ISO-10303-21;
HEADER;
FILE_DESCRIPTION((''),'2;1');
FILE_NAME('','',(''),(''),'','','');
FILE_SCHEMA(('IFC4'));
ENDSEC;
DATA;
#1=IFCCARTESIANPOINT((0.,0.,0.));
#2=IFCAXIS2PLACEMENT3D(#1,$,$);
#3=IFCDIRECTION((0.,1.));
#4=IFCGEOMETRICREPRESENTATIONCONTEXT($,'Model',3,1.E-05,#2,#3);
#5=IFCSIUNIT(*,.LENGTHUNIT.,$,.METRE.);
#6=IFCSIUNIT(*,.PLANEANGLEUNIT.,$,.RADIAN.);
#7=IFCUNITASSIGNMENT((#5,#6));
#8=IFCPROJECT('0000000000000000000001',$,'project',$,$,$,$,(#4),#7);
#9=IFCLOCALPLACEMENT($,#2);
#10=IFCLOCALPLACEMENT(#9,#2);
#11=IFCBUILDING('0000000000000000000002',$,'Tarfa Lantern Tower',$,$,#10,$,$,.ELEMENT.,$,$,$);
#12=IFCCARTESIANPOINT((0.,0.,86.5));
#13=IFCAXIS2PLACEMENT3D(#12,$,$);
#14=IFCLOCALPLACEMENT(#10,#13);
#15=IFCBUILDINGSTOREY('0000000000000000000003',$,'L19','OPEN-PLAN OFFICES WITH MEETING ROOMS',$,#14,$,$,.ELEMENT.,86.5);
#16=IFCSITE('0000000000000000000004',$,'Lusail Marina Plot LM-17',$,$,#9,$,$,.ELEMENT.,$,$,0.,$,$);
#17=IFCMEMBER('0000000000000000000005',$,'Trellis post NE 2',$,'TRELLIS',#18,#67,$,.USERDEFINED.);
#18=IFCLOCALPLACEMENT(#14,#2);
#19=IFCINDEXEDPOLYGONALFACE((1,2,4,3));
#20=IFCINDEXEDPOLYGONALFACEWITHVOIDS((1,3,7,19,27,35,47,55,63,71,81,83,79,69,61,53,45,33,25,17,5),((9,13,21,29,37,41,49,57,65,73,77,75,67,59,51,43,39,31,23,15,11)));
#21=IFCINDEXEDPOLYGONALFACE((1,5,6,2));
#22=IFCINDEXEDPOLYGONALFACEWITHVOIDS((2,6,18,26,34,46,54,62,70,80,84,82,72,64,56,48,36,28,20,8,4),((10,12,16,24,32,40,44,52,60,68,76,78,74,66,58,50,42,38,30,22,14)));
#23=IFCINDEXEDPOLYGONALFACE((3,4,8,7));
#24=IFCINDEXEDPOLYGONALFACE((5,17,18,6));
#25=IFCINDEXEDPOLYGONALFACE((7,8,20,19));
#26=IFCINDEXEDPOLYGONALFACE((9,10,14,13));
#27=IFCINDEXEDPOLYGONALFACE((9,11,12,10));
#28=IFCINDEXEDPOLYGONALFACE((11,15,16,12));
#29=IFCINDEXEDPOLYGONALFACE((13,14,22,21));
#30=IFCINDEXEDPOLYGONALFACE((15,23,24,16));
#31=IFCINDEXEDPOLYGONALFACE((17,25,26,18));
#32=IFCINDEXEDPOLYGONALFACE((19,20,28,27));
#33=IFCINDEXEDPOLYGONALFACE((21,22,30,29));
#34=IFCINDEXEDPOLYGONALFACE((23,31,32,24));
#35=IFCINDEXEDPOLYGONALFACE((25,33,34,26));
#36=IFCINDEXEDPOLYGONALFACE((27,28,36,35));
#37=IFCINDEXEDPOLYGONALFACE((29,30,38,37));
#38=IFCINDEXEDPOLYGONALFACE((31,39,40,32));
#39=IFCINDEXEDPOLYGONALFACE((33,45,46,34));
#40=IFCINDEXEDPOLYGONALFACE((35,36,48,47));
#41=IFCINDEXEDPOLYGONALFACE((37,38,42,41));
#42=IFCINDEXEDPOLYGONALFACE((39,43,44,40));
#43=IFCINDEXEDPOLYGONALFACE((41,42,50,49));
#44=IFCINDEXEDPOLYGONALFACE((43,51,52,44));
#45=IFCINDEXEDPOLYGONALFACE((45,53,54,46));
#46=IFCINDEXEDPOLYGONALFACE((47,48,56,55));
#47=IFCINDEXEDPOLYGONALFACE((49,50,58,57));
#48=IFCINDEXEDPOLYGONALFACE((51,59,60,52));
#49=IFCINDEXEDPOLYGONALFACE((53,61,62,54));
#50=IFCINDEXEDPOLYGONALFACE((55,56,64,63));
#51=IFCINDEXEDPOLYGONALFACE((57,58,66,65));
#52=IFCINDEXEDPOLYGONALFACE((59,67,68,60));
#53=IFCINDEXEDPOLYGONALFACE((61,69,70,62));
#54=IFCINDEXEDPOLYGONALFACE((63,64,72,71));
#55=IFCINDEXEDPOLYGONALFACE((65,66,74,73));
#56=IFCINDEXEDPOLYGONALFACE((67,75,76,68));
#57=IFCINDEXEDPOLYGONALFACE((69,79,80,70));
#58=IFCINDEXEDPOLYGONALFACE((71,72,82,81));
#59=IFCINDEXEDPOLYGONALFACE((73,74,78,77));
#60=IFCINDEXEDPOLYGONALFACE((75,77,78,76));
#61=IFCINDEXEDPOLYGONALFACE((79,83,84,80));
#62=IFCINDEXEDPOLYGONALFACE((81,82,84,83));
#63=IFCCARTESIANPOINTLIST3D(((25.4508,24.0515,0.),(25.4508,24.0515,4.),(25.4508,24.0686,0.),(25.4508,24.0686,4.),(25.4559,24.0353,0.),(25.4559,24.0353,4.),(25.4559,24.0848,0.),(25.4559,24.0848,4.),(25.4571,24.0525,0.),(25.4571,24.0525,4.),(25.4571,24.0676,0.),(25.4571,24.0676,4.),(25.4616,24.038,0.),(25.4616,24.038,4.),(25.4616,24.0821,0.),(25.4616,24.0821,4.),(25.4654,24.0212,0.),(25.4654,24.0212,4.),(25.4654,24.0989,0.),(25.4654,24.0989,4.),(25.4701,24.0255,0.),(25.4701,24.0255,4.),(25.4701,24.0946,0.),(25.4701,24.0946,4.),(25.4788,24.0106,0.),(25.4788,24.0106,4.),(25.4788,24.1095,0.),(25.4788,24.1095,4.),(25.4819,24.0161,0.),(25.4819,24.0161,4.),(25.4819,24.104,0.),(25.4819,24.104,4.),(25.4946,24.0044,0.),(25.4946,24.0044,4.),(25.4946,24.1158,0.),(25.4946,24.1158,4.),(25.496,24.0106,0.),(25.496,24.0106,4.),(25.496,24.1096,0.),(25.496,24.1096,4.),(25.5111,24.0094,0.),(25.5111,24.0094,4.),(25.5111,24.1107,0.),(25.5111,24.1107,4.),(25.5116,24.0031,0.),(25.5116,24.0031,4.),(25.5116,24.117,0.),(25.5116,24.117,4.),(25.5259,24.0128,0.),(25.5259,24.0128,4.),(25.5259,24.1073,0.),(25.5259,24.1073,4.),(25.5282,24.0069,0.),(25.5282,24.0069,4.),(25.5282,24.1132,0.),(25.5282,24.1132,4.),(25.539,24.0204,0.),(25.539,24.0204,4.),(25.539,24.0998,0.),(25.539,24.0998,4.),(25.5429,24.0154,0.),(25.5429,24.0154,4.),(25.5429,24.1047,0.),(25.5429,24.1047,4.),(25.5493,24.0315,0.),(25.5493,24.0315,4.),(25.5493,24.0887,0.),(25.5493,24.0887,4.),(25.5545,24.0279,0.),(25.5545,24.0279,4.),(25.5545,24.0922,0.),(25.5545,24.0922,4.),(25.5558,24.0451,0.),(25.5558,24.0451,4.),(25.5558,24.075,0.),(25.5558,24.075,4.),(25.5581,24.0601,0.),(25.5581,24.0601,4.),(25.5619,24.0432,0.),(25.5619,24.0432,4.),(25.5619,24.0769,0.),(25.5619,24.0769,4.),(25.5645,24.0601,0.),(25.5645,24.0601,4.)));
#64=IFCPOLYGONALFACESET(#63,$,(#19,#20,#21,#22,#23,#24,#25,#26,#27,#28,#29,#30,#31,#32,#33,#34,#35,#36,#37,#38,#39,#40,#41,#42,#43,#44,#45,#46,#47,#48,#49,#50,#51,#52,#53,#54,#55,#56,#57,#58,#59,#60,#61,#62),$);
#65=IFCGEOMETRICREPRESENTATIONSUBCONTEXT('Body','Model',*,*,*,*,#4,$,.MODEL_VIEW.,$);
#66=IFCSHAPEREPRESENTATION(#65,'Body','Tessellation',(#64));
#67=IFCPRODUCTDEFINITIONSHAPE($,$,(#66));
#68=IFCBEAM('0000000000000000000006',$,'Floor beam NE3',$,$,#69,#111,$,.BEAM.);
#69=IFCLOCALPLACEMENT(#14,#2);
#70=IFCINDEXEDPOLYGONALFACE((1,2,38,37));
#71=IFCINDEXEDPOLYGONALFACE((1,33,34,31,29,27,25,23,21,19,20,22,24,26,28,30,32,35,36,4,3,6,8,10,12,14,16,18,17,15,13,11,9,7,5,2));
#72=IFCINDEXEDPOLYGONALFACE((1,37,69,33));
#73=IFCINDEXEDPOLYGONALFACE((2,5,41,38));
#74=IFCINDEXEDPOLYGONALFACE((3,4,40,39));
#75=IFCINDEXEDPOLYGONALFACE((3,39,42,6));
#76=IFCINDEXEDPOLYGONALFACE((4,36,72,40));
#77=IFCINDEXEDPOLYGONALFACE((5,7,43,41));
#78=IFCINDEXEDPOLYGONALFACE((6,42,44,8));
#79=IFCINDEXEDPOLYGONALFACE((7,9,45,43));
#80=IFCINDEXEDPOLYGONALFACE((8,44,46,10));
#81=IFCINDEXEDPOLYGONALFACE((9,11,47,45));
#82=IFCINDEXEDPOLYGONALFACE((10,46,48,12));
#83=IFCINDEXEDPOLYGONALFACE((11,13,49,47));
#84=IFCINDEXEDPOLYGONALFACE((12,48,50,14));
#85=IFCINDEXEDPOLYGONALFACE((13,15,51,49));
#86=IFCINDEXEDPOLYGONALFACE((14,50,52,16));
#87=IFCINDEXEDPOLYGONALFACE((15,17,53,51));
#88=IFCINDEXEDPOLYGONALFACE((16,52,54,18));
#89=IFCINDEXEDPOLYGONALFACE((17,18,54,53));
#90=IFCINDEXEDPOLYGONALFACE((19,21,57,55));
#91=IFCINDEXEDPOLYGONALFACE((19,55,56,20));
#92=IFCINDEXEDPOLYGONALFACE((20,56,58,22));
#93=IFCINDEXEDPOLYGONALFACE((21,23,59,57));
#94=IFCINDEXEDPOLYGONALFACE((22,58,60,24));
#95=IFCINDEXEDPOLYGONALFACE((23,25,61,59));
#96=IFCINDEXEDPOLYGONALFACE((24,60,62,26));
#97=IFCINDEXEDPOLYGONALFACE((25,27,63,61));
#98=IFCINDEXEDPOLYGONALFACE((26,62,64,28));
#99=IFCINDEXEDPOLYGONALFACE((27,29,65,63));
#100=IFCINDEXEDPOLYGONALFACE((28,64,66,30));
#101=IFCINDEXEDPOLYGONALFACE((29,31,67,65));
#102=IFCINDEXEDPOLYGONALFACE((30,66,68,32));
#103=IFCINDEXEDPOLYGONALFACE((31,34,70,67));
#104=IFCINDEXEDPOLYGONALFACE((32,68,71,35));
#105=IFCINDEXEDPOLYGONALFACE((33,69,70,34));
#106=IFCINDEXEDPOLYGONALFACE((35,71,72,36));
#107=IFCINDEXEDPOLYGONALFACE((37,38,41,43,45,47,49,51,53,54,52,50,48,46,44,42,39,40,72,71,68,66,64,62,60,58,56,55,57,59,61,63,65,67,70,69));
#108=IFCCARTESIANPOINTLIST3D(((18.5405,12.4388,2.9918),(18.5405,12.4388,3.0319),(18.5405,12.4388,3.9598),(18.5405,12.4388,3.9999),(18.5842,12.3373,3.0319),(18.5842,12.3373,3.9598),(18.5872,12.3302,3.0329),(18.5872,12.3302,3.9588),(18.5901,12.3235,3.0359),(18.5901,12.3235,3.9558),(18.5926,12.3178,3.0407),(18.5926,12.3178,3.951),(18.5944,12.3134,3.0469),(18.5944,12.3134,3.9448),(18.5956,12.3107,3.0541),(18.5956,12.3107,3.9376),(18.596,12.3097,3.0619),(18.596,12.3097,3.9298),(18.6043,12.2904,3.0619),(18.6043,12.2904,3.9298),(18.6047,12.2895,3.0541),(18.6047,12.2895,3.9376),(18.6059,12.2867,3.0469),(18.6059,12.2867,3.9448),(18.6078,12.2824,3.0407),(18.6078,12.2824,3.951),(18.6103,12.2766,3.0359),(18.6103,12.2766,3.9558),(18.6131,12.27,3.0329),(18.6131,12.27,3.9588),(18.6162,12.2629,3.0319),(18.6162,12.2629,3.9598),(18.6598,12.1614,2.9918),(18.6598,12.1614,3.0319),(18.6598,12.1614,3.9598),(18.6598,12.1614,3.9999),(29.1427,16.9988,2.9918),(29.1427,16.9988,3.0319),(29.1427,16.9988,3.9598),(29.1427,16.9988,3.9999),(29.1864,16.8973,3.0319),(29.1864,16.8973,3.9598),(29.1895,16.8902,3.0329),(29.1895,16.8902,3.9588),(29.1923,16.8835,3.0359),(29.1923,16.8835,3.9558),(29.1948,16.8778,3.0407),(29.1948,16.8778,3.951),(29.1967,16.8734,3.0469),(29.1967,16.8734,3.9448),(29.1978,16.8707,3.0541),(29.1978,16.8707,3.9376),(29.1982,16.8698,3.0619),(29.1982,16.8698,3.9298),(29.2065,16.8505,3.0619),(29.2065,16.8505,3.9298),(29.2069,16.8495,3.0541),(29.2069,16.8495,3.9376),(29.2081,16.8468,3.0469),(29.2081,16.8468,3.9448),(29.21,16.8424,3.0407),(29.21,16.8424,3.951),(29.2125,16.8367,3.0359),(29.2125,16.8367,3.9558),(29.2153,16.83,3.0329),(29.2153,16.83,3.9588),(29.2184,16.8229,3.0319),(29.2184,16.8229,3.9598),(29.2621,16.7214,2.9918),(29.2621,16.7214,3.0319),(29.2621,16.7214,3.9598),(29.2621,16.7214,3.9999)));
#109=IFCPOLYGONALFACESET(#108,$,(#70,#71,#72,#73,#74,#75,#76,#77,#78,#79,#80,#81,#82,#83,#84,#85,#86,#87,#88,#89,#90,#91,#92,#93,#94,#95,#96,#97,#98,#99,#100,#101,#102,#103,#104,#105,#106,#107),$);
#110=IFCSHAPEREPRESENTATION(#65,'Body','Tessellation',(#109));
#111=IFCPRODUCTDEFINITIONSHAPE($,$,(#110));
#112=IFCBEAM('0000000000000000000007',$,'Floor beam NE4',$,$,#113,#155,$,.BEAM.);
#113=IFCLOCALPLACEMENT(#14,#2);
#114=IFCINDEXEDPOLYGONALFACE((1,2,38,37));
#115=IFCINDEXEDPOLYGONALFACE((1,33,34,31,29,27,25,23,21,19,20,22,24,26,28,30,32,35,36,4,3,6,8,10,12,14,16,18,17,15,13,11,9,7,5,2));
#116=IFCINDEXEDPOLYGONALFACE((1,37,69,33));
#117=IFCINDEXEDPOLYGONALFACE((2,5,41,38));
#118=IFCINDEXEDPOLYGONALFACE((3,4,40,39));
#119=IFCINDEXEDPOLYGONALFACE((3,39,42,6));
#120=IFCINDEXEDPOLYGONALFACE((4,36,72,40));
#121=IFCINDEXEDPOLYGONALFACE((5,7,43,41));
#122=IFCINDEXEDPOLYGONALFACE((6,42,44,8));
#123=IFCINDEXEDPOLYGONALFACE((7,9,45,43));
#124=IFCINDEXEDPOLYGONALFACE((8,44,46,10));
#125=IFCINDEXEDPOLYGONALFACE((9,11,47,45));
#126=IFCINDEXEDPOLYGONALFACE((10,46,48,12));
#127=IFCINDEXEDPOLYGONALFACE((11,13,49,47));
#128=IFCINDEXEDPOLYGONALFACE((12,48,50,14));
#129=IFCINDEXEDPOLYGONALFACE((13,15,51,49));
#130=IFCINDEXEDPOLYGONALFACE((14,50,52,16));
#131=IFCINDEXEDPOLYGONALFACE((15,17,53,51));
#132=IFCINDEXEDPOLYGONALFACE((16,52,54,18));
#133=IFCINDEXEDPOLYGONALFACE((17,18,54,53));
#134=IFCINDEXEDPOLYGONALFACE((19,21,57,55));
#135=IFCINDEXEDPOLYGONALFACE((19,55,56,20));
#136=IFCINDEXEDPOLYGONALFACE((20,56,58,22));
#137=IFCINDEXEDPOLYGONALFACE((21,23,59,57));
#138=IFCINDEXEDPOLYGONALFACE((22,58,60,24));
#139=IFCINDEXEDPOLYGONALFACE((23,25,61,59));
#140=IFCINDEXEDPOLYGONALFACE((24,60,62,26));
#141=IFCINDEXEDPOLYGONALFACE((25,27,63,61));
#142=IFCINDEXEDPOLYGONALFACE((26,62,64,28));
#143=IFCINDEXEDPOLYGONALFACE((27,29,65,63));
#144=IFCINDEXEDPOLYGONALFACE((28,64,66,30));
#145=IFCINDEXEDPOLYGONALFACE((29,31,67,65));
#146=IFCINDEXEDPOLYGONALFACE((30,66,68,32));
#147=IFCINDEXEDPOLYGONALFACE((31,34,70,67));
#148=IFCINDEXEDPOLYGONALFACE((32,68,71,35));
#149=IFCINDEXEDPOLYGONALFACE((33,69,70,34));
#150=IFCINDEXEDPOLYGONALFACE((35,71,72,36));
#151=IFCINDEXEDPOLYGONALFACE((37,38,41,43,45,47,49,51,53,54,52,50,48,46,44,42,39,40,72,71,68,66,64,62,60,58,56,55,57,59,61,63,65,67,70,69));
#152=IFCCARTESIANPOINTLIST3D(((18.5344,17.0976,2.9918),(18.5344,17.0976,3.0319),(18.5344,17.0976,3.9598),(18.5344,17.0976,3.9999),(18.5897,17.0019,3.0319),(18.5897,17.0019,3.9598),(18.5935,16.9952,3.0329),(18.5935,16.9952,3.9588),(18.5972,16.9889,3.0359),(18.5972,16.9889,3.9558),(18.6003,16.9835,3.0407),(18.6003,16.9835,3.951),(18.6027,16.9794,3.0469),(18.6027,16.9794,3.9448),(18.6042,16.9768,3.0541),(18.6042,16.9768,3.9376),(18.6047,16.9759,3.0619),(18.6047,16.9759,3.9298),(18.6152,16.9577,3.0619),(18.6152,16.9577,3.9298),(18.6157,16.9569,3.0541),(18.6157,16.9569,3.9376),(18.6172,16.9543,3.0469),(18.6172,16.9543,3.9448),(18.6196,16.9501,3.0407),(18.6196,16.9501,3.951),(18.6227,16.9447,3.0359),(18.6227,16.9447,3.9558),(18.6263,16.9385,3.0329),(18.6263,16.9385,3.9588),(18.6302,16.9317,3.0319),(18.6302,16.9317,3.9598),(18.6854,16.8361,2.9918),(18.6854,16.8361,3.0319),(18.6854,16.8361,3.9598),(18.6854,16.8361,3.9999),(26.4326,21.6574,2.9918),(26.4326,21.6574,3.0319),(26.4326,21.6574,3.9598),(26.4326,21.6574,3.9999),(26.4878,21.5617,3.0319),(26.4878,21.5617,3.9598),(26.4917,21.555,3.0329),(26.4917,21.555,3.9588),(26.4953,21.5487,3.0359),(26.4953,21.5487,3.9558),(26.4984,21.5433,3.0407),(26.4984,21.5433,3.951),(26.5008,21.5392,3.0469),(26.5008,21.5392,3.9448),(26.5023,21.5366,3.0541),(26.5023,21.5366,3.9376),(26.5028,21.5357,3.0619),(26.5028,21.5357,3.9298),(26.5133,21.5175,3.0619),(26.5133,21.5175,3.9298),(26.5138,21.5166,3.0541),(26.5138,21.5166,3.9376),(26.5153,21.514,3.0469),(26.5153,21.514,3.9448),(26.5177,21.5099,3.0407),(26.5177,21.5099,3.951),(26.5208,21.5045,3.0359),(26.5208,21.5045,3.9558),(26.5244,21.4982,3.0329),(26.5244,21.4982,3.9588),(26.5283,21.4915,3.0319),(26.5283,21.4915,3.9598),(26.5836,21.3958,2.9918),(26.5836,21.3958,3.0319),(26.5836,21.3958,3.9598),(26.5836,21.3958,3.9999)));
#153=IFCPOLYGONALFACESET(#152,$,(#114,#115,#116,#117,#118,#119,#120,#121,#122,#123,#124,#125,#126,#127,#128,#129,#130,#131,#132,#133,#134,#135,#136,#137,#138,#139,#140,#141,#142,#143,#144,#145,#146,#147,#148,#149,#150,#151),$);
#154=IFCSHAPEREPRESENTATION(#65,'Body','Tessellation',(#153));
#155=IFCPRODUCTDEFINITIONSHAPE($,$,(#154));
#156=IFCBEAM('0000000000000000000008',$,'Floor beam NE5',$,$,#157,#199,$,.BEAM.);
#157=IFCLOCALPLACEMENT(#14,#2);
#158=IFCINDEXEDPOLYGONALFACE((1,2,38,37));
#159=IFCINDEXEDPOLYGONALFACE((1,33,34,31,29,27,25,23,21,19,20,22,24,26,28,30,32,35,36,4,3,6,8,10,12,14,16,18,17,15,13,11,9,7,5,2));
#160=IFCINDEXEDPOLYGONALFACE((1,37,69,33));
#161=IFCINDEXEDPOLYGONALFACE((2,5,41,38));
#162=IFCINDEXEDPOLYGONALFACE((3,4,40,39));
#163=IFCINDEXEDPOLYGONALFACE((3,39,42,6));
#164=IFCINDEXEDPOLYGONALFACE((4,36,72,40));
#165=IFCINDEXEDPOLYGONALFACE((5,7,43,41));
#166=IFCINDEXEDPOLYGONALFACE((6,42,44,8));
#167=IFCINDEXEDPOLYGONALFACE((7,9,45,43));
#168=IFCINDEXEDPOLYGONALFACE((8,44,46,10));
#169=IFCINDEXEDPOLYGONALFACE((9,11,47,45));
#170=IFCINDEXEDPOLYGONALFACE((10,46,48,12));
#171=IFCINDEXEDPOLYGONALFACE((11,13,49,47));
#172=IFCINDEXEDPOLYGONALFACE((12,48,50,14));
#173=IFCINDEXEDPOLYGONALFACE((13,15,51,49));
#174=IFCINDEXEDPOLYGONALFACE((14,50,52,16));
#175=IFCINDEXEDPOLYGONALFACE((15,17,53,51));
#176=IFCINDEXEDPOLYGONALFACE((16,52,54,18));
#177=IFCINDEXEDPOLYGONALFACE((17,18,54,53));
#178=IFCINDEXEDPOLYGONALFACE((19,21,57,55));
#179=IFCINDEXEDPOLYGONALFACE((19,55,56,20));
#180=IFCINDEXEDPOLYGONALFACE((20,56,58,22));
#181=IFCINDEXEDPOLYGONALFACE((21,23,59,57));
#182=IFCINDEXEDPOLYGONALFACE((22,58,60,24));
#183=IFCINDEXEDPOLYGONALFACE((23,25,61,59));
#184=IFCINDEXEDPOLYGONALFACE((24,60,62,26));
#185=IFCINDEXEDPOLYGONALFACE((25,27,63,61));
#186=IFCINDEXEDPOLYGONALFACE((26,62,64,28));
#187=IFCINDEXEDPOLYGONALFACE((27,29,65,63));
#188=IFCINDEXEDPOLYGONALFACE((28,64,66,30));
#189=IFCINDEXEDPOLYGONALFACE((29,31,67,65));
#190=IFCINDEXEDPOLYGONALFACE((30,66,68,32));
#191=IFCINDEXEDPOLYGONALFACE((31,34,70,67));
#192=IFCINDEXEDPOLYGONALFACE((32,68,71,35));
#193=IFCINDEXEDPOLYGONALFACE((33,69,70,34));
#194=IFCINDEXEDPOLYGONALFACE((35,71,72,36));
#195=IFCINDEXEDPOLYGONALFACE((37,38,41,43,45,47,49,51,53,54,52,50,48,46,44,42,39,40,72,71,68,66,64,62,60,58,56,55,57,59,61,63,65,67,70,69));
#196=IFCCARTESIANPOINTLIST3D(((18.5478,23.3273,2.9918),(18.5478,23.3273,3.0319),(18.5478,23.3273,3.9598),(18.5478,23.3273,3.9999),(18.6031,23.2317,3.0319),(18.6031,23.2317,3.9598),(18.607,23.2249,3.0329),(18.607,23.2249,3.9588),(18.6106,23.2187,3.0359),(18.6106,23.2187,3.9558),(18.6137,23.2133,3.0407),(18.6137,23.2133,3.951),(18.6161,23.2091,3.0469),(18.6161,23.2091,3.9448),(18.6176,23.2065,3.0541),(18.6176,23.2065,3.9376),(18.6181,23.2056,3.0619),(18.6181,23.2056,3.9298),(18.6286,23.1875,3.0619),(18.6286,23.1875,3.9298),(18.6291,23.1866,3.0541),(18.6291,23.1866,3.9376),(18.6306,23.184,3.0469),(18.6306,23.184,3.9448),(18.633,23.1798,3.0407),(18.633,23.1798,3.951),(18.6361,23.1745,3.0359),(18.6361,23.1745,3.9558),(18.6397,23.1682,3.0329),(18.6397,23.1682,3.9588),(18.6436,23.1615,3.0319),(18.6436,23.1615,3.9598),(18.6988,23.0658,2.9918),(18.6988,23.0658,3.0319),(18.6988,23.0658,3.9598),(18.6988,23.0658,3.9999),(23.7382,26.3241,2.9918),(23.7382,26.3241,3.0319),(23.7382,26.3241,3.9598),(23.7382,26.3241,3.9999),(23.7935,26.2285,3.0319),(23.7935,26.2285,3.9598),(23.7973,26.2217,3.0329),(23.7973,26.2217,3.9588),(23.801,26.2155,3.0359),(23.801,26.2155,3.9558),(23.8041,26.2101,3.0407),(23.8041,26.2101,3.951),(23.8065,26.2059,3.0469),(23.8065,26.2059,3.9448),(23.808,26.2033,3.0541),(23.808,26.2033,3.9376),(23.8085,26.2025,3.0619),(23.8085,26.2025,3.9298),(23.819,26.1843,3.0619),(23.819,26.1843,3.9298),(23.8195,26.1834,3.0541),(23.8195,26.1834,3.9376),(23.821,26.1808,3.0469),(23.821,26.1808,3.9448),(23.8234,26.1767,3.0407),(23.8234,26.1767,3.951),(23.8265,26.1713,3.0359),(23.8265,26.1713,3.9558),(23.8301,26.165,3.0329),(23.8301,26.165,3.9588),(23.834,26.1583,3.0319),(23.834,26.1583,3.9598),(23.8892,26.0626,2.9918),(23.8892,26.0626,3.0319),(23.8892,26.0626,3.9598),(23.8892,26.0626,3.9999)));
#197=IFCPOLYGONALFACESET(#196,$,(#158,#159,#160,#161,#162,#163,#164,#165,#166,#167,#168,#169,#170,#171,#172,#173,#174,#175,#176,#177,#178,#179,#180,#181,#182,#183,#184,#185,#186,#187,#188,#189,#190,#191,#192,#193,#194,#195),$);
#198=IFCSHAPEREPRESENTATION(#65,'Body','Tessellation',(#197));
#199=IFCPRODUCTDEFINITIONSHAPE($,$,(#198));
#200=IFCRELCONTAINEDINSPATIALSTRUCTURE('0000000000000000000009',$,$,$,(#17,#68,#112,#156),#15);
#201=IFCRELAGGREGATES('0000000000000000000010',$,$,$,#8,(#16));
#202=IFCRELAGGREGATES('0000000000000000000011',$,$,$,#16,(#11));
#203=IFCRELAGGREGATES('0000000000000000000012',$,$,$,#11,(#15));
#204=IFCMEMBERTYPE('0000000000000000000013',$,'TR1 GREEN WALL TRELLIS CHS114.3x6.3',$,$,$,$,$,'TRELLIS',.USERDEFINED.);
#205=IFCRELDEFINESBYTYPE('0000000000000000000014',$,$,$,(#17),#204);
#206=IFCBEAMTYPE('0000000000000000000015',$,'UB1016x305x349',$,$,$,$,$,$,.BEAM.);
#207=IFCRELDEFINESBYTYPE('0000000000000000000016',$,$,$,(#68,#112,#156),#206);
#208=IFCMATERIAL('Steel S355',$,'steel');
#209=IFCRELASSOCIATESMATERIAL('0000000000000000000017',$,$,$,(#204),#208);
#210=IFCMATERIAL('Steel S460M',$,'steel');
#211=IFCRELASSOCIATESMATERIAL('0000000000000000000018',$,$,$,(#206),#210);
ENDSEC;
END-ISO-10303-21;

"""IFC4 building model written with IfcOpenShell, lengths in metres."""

from ifc_helpers import new_model, si_unit, direction, frame, origin, origin_2d, place, context, subcontext, project, spatial, hollow_circle, i_section, extrude, material, material_profile, profile_set, type_object, element, save


model = new_model("IFC4")

# Units and contexts
model_context = context("Model", 3, precision=1e-05, world=origin(), true_north=direction((0.0, 1.0)))
body_context = subcontext(model_context, "Body", "Model", "MODEL_VIEW")
ifc_project = project(units=[si_unit("LENGTHUNIT", "METRE"), si_unit("PLANEANGLEUNIT", "RADIAN")], contexts=[model_context])

# Site, building, storey
site_placement = place(None, origin())
site = spatial("IfcSite", under=ifc_project, at=site_placement, Name="Lusail Marina Plot LM-17", CompositionType="ELEMENT", RefElevation=0.0)
building_placement = place(site_placement, origin())
building = spatial("IfcBuilding", under=site, at=building_placement, Name="Tarfa Lantern Tower", CompositionType="ELEMENT")
storey_placement = place(building_placement, frame((0.0, 0.0, 86.5)))
storey = spatial("IfcBuildingStorey", under=building, at=storey_placement, Name="L19", Description="OPEN-PLAN OFFICES WITH MEETING ROOMS", CompositionType="ELEMENT", Elevation=86.5)

# Member
ifc_material_1 = material(Name="Steel S355", Category="steel")
ifc_material_profile_1 = material_profile(ifc_material_1, hollow_circle(Radius=0.0571, WallThickness=0.0063, at=origin_2d()), Name="CHS114.3x6.3")
ifc_profile_set_1 = profile_set([ifc_material_profile_1], Name="Steel S355")
member_type_1 = type_object("IfcMemberType", Name="TR1 GREEN WALL TRELLIS CHS114.3x6.3", ElementType="TRELLIS", PredefinedType="USERDEFINED", material=ifc_profile_set_1)
member_1_placement = place(storey_placement, frame((25.5073, 24.0601, 0.0), z_axis=(0.0, 0.0, 1.0), x_axis=(1.0, 0.0, 0.0)))
element("IfcMember", 1, at=member_1_placement, inside=storey, type_object=member_type_1, Name="Trellis post NE 2", ObjectType="TRELLIS", PredefinedType="USERDEFINED", context=body_context, shape_type="SweptSolid", body=[
    extrude(hollow_circle(Radius=0.0571, WallThickness=0.0063, at=origin_2d()), origin(), (0.0, 0.0, 1.0), 4.0),
])

# Beams
ifc_material_2 = material(Name="Steel S460M", Category="steel")
ifc_material_profile_2 = material_profile(ifc_material_2, i_section(OverallWidth=0.302, OverallDepth=1.0081, WebThickness=0.021, FlangeThickness=0.04, FilletRadius=0.03, at=origin_2d()), Name="UB1016x305x349")
ifc_profile_set_2 = profile_set([ifc_material_profile_2], Name="Steel S460M")
beam_type_1 = type_object("IfcBeamType", Name="UB1016x305x349", PredefinedType="BEAM", material=ifc_profile_set_2)
beam_1_placement = place(storey_placement, frame((29.2024, 16.8601, 3.4958), z_axis=(-0.918635, -0.395106, 0.0), x_axis=(0.395106, -0.918635, 0.0)))
element("IfcBeam", 2, at=beam_1_placement, inside=storey, type_object=beam_type_1, Name="Floor beam NE3", PredefinedType="BEAM", context=body_context, shape_type="SweptSolid", body=[
    extrude(i_section(OverallWidth=0.302, OverallDepth=1.0081, WebThickness=0.021, FlangeThickness=0.04, FilletRadius=0.03, at=origin_2d()), origin(), (0.0, 0.0, 1.0), 11.5413),
])
beam_2_placement = place(storey_placement, frame((26.5081, 21.5266, 3.4958), z_axis=(-0.866035, -0.499983, 0.0), x_axis=(0.499983, -0.866035, 0.0)))
element("IfcBeam", 3, at=beam_2_placement, inside=storey, type_object=beam_type_1, Name="Floor beam NE4", PredefinedType="BEAM", context=body_context, shape_type="SweptSolid", body=[
    extrude(i_section(OverallWidth=0.302, OverallDepth=1.0081, WebThickness=0.021, FlangeThickness=0.04, FilletRadius=0.03, at=origin_2d()), origin(), (0.0, 0.0, 1.0), 9.1199),
])
beam_3_placement = place(storey_placement, frame((23.8137, 26.1934, 3.4958), z_axis=(-0.866016, -0.500016, 0.0), x_axis=(0.500016, -0.866016, 0.0)))
element("IfcBeam", 4, at=beam_3_placement, inside=storey, type_object=beam_type_1, Name="Floor beam NE5", PredefinedType="BEAM", context=body_context, shape_type="SweptSolid", body=[
    extrude(i_section(OverallWidth=0.302, OverallDepth=1.0081, WebThickness=0.021, FlangeThickness=0.04, FilletRadius=0.03, at=origin_2d()), origin(), (0.0, 0.0, 1.0), 5.9934),
])

save(model, "model.ifc")
